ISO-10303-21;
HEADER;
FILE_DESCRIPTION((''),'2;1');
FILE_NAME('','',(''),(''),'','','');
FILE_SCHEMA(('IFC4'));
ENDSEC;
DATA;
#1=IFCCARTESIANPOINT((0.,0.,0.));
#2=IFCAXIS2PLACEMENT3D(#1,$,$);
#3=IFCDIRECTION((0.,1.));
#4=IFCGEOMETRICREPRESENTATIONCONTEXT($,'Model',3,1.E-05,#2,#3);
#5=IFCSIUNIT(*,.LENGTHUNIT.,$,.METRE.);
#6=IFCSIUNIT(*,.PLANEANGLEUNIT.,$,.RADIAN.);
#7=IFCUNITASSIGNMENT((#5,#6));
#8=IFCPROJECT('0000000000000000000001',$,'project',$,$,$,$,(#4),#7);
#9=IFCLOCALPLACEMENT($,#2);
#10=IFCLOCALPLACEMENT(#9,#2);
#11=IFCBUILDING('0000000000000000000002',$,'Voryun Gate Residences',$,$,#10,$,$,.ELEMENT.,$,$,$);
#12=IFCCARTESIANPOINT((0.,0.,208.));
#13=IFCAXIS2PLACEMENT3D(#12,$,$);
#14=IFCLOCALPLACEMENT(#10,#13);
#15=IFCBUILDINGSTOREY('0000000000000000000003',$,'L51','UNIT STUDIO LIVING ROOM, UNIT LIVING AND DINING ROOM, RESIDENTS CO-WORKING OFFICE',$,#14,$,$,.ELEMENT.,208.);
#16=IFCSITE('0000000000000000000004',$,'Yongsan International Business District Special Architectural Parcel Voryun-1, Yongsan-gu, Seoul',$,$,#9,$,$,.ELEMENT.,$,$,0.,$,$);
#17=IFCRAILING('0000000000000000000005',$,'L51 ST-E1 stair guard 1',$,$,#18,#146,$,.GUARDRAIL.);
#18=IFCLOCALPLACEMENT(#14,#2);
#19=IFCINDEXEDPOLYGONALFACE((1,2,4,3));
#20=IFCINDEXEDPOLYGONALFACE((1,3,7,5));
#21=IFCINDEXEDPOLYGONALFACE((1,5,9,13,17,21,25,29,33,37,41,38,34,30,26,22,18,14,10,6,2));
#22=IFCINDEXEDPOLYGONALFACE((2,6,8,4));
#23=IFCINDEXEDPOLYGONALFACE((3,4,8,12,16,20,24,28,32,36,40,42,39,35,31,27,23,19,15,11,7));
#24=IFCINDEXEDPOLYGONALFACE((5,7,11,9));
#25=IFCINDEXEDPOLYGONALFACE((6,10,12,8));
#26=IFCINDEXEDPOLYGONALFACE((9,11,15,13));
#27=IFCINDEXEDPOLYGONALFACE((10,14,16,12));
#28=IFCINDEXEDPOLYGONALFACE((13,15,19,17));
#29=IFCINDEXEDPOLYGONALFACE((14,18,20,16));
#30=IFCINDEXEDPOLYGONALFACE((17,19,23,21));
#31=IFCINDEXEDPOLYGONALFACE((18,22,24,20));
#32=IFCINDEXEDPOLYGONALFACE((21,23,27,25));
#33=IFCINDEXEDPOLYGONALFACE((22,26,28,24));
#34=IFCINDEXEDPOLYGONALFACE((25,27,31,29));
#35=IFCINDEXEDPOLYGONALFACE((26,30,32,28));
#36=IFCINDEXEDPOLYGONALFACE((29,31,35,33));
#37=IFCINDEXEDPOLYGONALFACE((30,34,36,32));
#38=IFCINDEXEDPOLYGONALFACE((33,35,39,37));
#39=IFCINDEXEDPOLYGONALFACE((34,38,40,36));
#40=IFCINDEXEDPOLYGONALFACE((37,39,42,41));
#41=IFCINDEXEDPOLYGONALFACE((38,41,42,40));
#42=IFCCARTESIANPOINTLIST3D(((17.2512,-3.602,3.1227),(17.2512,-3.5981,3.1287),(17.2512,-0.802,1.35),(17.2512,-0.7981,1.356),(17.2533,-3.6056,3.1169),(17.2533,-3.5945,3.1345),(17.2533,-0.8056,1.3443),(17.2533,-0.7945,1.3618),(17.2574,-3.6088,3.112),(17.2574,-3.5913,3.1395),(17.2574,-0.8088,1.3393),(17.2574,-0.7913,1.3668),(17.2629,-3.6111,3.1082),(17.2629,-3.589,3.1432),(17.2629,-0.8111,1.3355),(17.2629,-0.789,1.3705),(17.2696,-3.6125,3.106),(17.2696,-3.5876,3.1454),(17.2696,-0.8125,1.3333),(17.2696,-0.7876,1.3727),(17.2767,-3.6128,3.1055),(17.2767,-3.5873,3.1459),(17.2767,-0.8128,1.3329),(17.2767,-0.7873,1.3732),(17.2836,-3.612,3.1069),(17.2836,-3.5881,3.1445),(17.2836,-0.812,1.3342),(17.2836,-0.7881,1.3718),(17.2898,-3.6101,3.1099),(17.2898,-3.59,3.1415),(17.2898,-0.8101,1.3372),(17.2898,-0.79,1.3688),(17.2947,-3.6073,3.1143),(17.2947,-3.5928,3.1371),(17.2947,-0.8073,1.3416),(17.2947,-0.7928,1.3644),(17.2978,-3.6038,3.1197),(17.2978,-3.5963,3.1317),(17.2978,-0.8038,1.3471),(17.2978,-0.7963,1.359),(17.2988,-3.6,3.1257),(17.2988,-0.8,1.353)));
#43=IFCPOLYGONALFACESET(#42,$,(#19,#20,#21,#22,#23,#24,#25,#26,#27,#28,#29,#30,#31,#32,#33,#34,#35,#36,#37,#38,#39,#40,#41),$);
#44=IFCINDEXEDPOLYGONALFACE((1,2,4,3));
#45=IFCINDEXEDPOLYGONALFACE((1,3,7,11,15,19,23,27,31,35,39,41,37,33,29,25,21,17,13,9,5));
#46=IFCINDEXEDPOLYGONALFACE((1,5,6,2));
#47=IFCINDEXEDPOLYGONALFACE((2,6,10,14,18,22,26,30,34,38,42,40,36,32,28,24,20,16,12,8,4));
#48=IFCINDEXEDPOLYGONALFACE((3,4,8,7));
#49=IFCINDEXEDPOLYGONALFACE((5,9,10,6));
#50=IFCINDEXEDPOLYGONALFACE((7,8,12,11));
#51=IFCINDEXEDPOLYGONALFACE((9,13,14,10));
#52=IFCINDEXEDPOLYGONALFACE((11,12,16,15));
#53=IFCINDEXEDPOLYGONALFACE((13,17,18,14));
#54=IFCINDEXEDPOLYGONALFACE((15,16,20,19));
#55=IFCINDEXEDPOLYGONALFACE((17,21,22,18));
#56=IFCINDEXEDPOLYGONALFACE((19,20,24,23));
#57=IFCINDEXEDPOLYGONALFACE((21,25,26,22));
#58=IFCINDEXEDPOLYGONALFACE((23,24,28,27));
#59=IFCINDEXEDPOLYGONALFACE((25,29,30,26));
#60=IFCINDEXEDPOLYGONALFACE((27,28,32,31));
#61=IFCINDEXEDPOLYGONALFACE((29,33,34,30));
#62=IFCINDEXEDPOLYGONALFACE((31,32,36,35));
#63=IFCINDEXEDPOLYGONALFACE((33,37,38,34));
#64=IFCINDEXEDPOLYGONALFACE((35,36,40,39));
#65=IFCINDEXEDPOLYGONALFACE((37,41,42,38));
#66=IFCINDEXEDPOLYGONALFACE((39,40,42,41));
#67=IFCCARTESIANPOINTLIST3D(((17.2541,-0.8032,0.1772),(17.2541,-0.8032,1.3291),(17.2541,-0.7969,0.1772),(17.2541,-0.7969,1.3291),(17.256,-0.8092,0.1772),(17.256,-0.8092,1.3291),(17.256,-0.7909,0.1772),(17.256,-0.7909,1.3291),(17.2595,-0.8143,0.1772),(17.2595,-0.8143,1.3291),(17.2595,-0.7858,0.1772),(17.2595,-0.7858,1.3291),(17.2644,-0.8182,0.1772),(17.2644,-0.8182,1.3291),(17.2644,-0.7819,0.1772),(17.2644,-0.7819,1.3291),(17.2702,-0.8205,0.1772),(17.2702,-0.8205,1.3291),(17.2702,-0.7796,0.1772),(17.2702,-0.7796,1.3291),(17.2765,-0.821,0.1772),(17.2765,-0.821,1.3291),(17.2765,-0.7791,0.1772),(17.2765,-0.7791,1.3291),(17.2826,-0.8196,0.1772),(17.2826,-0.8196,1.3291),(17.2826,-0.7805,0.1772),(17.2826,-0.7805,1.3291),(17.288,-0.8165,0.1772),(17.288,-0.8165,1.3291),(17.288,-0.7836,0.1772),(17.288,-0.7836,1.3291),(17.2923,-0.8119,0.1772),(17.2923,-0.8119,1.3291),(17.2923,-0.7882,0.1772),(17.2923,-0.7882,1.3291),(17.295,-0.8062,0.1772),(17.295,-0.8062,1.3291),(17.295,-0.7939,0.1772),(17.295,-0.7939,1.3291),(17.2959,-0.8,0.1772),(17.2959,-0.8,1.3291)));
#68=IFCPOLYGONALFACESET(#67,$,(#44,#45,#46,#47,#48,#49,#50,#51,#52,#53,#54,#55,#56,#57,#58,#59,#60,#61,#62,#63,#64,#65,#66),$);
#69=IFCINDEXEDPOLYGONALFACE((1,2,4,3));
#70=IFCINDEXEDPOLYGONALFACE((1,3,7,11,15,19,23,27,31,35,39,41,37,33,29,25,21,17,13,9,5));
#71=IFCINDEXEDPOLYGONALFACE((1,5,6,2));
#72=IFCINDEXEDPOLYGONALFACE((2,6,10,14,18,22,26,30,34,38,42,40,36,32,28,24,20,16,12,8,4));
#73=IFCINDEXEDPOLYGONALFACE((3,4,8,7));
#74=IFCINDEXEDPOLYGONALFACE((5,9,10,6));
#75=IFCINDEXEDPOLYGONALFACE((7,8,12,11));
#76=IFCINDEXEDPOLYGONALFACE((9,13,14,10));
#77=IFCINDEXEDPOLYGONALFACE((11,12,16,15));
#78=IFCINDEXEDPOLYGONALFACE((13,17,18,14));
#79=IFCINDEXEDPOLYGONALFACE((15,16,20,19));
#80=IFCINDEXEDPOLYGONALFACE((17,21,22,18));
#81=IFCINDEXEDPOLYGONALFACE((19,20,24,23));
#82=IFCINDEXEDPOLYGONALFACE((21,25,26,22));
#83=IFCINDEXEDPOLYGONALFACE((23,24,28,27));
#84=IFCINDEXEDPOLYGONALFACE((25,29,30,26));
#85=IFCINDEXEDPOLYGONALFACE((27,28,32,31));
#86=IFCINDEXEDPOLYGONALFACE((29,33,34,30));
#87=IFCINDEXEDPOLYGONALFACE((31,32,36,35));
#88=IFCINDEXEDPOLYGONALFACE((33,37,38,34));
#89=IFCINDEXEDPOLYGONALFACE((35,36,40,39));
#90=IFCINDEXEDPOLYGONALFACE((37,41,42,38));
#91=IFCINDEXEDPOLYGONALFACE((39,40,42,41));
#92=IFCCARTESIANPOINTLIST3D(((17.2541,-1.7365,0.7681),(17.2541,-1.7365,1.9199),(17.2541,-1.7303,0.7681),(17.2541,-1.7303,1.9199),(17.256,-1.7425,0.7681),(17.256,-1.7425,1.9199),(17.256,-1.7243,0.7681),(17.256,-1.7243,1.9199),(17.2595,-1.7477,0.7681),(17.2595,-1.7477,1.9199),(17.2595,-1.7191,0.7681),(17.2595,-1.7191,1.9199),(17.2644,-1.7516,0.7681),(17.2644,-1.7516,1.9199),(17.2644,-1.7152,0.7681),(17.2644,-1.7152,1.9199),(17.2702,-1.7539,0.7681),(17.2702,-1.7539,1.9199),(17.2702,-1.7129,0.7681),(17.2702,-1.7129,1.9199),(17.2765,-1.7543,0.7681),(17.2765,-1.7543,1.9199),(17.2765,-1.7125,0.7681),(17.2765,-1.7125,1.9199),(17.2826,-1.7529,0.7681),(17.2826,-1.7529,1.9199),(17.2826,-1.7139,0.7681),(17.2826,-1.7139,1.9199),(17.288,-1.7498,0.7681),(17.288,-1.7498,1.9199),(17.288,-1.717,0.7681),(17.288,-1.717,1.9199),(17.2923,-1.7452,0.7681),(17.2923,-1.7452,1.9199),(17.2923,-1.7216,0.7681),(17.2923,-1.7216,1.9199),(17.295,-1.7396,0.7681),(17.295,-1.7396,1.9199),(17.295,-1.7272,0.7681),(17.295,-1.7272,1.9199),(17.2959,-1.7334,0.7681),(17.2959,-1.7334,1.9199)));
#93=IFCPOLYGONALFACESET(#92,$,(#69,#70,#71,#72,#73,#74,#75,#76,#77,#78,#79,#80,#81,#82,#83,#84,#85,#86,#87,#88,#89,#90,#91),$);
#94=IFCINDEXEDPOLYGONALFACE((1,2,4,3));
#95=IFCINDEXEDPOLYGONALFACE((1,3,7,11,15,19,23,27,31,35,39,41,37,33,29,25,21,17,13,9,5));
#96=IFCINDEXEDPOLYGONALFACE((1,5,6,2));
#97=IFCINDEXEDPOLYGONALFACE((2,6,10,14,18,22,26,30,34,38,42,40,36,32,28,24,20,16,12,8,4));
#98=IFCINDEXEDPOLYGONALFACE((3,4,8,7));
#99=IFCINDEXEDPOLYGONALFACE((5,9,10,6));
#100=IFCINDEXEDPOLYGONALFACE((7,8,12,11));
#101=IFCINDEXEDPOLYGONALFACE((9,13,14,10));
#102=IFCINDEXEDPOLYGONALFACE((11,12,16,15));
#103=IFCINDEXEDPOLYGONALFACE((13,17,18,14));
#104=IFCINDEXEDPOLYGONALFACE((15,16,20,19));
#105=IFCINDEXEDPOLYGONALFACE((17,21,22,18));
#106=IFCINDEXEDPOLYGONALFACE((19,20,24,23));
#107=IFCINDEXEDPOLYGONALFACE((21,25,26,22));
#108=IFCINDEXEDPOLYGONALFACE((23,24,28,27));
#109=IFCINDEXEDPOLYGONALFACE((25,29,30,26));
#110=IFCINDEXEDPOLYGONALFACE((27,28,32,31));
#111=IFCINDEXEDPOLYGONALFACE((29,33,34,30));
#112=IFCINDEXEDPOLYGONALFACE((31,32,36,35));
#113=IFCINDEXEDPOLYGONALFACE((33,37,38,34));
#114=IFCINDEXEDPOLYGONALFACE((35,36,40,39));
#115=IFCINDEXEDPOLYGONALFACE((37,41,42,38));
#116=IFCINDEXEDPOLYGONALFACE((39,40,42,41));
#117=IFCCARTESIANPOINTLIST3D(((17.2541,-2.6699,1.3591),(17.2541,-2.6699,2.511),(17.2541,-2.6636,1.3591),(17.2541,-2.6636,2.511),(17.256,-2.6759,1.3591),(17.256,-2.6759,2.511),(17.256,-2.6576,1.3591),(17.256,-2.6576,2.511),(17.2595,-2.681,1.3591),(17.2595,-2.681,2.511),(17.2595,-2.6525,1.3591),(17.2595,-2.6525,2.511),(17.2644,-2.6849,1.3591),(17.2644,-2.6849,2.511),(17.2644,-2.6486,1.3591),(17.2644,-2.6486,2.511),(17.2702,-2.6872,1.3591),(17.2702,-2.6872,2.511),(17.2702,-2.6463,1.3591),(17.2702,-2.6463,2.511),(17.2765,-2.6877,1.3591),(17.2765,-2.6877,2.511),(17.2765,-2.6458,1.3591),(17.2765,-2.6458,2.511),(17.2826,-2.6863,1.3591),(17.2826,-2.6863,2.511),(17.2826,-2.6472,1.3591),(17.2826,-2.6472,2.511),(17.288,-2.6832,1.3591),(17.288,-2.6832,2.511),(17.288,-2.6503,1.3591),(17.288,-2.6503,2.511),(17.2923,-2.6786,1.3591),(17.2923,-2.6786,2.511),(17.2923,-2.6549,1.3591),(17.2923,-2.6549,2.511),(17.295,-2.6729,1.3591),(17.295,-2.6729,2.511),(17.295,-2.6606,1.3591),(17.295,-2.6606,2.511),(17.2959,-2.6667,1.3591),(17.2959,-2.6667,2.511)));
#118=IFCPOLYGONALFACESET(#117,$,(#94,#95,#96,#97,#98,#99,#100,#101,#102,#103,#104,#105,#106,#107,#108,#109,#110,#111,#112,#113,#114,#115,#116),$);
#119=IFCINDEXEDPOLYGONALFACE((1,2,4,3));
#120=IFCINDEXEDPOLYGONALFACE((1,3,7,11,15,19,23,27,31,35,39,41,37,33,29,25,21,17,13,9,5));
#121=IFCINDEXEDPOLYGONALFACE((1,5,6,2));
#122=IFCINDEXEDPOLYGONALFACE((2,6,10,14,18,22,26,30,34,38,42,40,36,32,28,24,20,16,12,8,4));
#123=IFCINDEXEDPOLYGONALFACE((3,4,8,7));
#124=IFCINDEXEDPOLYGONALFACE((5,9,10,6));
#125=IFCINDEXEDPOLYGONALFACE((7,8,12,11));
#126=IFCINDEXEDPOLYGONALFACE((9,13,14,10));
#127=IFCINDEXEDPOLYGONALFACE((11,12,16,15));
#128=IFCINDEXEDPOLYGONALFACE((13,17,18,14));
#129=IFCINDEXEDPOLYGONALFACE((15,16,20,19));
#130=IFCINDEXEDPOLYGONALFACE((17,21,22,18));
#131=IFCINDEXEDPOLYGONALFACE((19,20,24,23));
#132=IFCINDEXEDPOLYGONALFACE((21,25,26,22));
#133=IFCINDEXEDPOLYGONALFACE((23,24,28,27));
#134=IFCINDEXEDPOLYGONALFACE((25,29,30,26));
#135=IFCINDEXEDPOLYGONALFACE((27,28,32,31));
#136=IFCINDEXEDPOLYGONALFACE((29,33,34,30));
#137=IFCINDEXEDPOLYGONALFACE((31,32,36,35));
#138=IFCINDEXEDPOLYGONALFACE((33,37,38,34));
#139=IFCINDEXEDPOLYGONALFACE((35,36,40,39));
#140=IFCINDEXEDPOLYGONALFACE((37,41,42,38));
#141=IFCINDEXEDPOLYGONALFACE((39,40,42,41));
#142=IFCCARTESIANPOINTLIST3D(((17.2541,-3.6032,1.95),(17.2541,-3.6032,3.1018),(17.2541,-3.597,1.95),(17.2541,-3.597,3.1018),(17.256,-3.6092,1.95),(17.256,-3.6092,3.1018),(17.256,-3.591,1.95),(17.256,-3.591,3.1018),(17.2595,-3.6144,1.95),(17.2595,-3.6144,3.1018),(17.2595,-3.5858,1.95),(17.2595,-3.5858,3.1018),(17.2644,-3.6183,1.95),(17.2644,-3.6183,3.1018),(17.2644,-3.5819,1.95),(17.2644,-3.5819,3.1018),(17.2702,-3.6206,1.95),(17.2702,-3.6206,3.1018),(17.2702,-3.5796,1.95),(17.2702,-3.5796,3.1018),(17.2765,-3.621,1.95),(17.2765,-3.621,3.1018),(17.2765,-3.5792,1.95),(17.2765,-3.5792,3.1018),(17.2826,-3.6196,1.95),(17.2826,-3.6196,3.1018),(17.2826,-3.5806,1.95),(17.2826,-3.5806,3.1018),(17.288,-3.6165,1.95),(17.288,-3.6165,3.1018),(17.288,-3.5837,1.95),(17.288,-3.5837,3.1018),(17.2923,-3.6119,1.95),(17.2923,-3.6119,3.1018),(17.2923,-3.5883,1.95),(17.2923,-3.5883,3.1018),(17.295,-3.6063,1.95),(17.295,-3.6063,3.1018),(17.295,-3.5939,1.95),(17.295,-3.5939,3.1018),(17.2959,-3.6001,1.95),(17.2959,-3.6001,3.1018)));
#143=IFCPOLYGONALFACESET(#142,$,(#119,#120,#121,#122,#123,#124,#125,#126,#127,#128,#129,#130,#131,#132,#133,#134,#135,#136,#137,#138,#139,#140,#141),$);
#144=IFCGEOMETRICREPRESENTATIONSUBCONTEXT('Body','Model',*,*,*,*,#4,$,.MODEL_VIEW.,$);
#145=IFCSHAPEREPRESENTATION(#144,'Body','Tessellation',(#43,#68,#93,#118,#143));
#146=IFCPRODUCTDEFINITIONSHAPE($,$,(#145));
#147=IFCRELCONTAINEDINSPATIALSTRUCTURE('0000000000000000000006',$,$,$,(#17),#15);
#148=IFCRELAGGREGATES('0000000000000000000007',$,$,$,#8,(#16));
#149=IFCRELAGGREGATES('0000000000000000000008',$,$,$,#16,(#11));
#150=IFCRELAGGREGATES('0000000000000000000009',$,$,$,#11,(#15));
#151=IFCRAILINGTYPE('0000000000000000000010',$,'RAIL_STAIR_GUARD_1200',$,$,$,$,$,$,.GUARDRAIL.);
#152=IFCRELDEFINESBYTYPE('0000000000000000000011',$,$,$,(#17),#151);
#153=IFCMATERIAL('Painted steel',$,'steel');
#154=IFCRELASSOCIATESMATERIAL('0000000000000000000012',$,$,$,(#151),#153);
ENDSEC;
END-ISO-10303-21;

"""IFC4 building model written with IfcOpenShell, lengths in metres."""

from ifc_helpers import new_model, si_unit, direction, frame, origin, origin_2d, place, context, subcontext, project, spatial, circle, extrude, material, type_object, element, save


model = new_model("IFC4")

# Units and contexts
model_context = context("Model", 3, precision=1e-05, world=origin(), true_north=direction((0.0, 1.0)))
body_context = subcontext(model_context, "Body", "Model", "MODEL_VIEW")
ifc_project = project(units=[si_unit("LENGTHUNIT", "METRE"), si_unit("PLANEANGLEUNIT", "RADIAN")], contexts=[model_context])

# Site, building, storey
site_placement = place(None, origin())
site = spatial("IfcSite", under=ifc_project, at=site_placement, Name="Yongsan International Business District Special Architectural Parcel Voryun-1, Yongsan-gu, Seoul", CompositionType="ELEMENT", RefElevation=0.0)
building_placement = place(site_placement, origin())
building = spatial("IfcBuilding", under=site, at=building_placement, Name="Voryun Gate Residences", CompositionType="ELEMENT")
storey_placement = place(building_placement, frame((0.0, 0.0, 208.0)))
storey = spatial("IfcBuildingStorey", under=building, at=storey_placement, Name="L51", Description="UNIT STUDIO LIVING ROOM, UNIT LIVING AND DINING ROOM, RESIDENTS CO-WORKING OFFICE", CompositionType="ELEMENT", Elevation=208.0)

# Railing
ifc_material_1 = material(Name="Painted steel", Category="steel")
railing_type_1 = type_object("IfcRailingType", Name="RAIL_STAIR_GUARD_1200", PredefinedType="GUARDRAIL", material=ifc_material_1)
railing_1_placement = place(storey_placement, frame((17.2749, -0.8, 0.1772)))
element("IfcRailing", 1, at=railing_1_placement, inside=storey, type_object=railing_type_1, Name="L51 ST-E1 stair guard 1", PredefinedType="GUARDRAIL", context=body_context, shape_type="SweptSolid", body=[
    extrude(circle(Radius=0.0239, at=origin_2d()), frame((0.0, 0.0, 1.1758), z_axis=(0.0, -0.844909, 0.53491), x_axis=(1.0, 0.0, 0.0)), (0.0, 0.0, 1.0), 3.314),
    extrude(circle(Radius=0.021, at=origin_2d()), origin(), (0.0, 0.0, 1.0), 1.1519),
    extrude(circle(Radius=0.021, at=origin_2d()), frame((0.0, -0.9333, 0.5908)), (0.0, 0.0, 1.0), 1.1519),
    extrude(circle(Radius=0.021, at=origin_2d()), frame((0.0, -1.8667, 1.1819)), (0.0, 0.0, 1.0), 1.1519),
    extrude(circle(Radius=0.021, at=origin_2d()), frame((0.0, -2.8, 1.7727)), (0.0, 0.0, 1.0), 1.1519),
])

save(model, "model.ifc")
